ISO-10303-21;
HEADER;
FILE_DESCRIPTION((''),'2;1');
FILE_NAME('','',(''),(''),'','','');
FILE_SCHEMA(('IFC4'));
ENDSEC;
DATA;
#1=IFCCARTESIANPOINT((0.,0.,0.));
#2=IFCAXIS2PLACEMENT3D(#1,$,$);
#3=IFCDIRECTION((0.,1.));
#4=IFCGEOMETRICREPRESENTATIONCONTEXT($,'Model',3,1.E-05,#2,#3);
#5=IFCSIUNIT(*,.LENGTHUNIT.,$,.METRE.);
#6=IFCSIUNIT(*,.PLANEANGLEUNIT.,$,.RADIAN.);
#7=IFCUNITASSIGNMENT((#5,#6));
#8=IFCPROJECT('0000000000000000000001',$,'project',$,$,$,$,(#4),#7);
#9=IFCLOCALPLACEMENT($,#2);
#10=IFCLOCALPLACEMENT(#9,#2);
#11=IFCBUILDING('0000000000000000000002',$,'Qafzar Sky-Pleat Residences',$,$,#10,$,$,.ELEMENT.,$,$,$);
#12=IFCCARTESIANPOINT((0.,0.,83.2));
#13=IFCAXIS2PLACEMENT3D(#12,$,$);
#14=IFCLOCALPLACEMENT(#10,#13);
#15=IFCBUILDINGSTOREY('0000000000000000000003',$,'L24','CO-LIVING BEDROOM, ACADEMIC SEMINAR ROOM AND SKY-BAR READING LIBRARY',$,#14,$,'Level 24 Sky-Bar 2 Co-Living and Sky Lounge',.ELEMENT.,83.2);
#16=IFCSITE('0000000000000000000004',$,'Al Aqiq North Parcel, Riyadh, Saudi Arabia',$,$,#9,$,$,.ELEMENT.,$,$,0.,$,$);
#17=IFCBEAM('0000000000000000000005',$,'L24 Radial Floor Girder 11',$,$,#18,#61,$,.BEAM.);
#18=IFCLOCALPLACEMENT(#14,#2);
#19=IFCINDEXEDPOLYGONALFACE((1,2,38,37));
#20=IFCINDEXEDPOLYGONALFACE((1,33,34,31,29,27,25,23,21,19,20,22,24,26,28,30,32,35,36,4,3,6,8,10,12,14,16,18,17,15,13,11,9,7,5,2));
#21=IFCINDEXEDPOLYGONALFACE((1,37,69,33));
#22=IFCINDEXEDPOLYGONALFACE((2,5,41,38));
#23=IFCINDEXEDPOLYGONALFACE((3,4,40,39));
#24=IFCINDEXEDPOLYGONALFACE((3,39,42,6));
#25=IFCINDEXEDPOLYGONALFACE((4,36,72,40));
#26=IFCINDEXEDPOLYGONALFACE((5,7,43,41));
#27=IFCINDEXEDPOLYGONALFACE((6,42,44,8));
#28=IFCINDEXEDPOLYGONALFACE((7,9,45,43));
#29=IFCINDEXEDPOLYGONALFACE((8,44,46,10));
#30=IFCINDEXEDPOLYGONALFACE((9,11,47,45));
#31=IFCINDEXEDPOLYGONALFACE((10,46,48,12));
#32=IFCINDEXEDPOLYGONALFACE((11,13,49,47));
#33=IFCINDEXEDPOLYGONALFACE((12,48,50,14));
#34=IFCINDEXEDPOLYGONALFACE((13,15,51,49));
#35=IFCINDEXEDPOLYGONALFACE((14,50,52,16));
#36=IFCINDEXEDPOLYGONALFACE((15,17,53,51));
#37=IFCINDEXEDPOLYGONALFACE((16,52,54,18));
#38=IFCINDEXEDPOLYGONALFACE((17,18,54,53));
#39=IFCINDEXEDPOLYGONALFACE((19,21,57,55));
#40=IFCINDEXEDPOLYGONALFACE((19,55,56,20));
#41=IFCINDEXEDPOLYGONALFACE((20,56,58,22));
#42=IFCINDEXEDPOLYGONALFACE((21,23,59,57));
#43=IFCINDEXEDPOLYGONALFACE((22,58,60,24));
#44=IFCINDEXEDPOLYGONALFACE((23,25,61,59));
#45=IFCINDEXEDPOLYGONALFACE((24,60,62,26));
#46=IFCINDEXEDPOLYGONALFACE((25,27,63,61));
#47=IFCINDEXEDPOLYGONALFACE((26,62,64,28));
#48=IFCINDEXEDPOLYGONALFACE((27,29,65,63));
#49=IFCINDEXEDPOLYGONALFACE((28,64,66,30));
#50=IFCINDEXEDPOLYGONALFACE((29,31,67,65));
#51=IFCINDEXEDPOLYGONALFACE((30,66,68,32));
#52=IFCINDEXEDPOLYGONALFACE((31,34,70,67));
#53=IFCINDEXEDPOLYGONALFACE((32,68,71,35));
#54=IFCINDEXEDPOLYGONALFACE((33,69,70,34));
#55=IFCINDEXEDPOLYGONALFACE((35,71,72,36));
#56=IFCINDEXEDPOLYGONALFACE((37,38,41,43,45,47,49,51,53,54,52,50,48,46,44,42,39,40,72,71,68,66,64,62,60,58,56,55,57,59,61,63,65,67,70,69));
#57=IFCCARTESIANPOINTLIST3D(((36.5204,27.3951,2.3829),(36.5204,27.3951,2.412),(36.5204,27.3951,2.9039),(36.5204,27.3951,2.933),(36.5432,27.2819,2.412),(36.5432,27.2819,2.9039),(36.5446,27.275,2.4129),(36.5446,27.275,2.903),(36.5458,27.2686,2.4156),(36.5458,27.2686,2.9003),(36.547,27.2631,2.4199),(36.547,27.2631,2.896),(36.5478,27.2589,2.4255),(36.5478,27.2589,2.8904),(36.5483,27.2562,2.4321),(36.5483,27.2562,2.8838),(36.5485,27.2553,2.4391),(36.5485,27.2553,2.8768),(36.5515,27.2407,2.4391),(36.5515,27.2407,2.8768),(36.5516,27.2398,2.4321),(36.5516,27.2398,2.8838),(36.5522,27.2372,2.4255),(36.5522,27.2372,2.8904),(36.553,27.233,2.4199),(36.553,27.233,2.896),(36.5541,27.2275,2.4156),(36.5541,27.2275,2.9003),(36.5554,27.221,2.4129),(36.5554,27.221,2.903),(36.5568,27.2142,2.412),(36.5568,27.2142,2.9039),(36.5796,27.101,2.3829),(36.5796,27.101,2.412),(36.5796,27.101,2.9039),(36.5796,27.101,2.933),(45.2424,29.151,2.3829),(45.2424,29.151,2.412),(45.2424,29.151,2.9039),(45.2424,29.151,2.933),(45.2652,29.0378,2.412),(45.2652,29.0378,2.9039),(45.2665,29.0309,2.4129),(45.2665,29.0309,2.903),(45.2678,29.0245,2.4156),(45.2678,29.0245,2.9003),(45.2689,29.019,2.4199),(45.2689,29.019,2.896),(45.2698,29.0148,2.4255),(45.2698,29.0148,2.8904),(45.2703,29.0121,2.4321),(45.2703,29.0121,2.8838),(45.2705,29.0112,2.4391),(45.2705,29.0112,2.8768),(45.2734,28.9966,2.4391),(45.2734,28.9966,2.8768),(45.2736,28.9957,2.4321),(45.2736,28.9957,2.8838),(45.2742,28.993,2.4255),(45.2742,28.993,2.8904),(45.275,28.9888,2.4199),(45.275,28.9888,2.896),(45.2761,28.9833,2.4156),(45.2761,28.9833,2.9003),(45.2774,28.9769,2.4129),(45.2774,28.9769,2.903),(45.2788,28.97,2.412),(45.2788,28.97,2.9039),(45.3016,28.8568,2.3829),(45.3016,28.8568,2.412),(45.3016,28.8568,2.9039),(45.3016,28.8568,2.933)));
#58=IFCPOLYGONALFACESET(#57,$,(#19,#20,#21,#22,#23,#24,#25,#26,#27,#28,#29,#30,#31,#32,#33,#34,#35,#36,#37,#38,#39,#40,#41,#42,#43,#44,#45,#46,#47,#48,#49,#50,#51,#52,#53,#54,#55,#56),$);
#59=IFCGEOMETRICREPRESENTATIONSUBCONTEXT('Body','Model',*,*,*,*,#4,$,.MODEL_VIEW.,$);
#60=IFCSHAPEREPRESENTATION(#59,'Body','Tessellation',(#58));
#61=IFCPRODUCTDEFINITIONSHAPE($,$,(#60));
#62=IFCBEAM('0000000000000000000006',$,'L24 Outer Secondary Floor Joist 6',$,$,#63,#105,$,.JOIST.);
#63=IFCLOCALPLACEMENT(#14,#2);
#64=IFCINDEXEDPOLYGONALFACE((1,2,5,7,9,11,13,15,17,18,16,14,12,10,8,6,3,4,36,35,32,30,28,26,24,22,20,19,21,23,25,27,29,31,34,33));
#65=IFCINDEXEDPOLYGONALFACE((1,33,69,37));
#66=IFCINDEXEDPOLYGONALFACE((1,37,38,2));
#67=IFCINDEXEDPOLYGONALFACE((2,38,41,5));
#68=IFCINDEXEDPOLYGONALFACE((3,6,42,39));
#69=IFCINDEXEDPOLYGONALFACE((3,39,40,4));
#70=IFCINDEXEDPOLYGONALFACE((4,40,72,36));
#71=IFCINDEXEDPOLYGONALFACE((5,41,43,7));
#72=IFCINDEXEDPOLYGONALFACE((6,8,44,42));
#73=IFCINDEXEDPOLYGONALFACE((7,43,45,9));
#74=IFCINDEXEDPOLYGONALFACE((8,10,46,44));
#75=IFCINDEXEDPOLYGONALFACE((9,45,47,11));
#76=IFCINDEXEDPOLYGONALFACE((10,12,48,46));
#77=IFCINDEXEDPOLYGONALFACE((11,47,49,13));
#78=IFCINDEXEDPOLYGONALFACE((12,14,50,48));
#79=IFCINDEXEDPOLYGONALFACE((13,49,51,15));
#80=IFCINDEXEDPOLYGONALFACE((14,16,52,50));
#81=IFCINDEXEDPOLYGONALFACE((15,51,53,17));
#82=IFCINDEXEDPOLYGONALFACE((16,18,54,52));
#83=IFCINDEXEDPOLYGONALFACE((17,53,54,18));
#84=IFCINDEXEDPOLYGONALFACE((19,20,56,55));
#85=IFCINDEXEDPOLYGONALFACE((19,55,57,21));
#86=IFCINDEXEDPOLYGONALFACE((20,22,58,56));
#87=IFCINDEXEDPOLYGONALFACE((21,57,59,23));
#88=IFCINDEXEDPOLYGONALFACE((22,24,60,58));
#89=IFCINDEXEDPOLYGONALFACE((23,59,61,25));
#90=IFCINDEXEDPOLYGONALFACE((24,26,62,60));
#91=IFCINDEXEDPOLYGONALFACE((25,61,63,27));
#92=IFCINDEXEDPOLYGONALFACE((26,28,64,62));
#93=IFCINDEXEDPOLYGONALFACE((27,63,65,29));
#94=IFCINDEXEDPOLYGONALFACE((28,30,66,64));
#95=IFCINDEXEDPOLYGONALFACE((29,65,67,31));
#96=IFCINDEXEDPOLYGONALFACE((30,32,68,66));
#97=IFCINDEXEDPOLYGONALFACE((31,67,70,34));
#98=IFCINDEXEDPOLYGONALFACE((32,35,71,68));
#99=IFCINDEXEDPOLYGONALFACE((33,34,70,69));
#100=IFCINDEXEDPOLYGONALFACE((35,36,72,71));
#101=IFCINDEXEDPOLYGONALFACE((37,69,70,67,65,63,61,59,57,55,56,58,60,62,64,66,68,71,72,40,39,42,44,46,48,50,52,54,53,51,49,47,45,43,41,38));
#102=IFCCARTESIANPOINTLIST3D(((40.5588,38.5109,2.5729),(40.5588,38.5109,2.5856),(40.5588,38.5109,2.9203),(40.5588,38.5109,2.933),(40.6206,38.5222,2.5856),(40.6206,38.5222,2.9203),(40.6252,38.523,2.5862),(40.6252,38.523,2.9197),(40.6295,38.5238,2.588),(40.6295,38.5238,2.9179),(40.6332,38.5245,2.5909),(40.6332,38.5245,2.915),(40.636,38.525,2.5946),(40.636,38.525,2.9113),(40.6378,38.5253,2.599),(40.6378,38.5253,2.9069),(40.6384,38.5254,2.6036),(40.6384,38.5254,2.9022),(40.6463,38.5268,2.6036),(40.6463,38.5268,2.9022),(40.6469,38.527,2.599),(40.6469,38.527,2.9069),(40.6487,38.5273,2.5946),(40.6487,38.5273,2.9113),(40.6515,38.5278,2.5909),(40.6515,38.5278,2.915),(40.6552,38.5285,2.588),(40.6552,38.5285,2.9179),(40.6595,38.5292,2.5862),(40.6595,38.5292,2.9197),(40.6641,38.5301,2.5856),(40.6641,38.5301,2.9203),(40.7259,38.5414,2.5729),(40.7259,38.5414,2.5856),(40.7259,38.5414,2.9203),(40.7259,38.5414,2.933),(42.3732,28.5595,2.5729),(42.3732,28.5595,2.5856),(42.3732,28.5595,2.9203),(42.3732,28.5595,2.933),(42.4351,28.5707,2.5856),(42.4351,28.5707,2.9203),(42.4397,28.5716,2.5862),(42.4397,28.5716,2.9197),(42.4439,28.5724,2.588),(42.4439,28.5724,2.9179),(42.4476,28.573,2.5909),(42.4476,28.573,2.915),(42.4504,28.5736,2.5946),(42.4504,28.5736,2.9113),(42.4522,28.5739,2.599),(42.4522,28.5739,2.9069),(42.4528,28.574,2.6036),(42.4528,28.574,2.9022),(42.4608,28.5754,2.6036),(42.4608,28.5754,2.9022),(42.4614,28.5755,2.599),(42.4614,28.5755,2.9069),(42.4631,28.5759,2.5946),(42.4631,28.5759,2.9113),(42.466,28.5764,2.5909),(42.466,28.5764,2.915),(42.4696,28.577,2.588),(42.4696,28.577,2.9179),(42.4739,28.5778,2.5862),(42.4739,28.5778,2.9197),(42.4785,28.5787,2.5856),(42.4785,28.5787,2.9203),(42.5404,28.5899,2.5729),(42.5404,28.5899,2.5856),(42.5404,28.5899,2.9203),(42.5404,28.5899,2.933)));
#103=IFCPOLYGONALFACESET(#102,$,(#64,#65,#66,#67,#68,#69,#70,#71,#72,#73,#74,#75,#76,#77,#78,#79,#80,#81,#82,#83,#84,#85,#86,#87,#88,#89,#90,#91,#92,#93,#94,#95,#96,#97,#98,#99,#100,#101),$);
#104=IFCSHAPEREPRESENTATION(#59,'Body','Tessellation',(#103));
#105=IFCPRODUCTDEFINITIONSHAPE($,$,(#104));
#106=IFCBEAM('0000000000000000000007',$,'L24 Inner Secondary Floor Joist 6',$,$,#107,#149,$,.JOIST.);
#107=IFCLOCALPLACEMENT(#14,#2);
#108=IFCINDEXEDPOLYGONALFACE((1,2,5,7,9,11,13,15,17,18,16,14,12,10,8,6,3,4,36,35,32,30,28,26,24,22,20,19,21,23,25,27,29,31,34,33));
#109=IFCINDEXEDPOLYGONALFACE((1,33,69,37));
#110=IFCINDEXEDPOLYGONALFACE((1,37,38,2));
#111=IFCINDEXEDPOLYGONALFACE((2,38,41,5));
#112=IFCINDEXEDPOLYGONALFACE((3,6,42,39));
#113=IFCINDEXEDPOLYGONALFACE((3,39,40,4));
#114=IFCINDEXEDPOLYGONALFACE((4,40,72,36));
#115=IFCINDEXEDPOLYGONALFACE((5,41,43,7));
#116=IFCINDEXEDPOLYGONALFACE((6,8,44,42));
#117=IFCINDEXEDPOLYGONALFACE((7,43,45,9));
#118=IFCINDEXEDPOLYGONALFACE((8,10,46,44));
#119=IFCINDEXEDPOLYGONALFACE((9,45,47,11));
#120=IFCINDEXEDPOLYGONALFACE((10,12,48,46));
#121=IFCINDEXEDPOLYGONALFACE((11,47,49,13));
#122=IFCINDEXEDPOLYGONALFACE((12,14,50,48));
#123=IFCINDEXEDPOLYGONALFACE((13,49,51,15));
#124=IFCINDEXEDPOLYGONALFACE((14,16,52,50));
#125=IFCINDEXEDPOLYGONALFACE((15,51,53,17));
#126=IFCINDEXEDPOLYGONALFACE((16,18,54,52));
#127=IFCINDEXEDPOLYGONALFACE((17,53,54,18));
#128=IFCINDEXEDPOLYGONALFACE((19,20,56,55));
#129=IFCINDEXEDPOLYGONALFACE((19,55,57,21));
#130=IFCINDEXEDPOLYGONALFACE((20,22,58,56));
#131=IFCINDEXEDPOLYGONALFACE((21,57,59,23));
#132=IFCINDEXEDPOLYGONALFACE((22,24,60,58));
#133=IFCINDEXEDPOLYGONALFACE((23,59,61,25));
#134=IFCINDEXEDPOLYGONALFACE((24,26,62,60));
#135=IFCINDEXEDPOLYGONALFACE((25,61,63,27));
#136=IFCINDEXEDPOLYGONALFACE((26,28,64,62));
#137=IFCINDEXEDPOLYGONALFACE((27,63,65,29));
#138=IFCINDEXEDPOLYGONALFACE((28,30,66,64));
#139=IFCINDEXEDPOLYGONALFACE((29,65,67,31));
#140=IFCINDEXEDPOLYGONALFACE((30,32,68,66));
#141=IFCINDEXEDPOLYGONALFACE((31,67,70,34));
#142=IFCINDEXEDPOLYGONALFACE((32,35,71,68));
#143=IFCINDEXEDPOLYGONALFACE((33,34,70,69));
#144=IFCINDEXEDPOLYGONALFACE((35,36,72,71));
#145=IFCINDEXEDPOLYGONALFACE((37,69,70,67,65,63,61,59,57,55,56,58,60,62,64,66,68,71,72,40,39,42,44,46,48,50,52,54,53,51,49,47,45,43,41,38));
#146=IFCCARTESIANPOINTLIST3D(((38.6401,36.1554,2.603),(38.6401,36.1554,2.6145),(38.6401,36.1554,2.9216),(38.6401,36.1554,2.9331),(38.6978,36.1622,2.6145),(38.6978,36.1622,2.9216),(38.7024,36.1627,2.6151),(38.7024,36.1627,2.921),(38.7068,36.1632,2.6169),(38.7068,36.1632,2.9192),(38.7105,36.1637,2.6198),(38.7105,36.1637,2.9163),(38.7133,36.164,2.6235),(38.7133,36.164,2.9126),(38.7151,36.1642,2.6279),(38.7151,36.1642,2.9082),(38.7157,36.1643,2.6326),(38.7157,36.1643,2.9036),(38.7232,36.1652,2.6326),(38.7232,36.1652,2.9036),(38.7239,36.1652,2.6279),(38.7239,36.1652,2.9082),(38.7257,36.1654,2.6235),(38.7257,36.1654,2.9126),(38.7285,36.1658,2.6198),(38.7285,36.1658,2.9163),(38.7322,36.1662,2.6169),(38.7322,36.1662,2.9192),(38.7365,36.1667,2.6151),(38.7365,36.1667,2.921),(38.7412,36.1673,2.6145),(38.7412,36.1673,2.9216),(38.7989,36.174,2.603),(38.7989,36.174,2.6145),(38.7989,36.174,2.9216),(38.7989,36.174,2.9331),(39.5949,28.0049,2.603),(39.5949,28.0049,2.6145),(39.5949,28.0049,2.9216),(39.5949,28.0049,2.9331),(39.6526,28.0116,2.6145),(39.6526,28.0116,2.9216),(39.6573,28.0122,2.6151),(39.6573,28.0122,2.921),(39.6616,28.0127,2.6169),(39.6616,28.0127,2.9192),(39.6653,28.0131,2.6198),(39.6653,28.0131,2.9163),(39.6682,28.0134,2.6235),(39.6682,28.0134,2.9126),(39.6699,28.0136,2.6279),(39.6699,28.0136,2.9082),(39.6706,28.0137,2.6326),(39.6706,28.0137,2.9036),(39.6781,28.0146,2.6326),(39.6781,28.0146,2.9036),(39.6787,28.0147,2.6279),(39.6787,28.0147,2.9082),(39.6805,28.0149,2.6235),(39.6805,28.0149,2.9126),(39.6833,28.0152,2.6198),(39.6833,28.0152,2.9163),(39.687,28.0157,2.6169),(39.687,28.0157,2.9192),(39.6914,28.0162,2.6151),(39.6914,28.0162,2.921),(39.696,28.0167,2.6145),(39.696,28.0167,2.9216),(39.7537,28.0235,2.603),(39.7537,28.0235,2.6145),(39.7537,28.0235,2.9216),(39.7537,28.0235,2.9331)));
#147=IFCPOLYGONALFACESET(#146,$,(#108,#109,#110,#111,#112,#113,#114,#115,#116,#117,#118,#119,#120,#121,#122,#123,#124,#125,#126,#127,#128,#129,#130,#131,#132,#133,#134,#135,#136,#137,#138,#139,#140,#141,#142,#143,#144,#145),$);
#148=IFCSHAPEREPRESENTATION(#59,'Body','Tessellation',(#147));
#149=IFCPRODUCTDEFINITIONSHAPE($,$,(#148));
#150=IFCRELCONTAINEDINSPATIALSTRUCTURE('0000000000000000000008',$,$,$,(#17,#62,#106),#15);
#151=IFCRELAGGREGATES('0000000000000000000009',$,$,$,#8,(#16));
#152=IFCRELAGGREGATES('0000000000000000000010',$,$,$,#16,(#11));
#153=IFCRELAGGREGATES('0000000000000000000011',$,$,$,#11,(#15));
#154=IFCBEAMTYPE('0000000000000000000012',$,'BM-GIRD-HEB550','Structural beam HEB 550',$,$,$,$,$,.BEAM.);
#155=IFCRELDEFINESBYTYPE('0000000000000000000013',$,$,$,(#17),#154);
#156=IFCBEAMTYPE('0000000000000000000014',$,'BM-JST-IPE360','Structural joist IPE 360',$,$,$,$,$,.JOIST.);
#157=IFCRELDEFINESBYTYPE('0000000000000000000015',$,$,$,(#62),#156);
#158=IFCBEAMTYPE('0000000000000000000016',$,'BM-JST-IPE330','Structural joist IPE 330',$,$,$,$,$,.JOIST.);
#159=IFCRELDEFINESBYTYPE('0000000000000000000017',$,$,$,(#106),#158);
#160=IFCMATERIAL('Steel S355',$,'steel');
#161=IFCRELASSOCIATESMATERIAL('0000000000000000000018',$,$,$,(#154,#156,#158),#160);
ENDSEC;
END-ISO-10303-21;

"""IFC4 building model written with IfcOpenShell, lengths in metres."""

from ifc_helpers import new_model, si_unit, direction, frame, origin, origin_2d, place, context, subcontext, project, spatial, i_section, extrude, source, transform, mapped, material, material_profile, profile_set, type_object, element, save


model = new_model("IFC4")

# Units and contexts
model_context = context("Model", 3, precision=1e-05, world=origin(), true_north=direction((0.0, 1.0)))
body_context = subcontext(model_context, "Body", "Model", "MODEL_VIEW")
ifc_project = project(units=[si_unit("LENGTHUNIT", "METRE"), si_unit("PLANEANGLEUNIT", "RADIAN")], contexts=[model_context])

# Site, building, storey
site_placement = place(None, origin())
site = spatial("IfcSite", under=ifc_project, at=site_placement, Name="Al Aqiq North Parcel, Riyadh, Saudi Arabia", CompositionType="ELEMENT", RefElevation=0.0)
building_placement = place(site_placement, origin())
building = spatial("IfcBuilding", under=site, at=building_placement, Name="Qafzar Sky-Pleat Residences", CompositionType="ELEMENT")
storey_placement = place(building_placement, frame((0.0, 0.0, 83.2)))
storey = spatial("IfcBuildingStorey", under=building, at=storey_placement, Name="L24", Description="CO-LIVING BEDROOM, ACADEMIC SEMINAR ROOM AND SKY-BAR READING LIBRARY", LongName="Level 24 Sky-Bar 2 Co-Living and Sky Lounge", CompositionType="ELEMENT", Elevation=83.2)

# Beams
ifc_material_1 = material(Name="Steel S355", Category="steel")
ifc_material_profile_1 = material_profile(ifc_material_1, i_section(OverallWidth=0.3, OverallDepth=0.55, WebThickness=0.0149, FlangeThickness=0.0291, FilletRadius=0.0271, at=origin_2d()), Name="HEB 550")
ifc_profile_set_1 = profile_set([ifc_material_profile_1], Name="Steel S355")
beam_type_1 = type_object("IfcBeamType", Name="BM-GIRD-HEB550", Description="Structural beam HEB 550", PredefinedType="BEAM", material=ifc_profile_set_1)
shared_shape_1 = source(origin(), body_context, "Body", "SweptSolid", [
    extrude(i_section(OverallWidth=0.3, OverallDepth=0.55, WebThickness=0.0149, FlangeThickness=0.0291, FilletRadius=0.0271, at=origin_2d()), origin(), (0.0, 0.0, 1.0), 8.897),
])
beam_1_placement = place(storey_placement, frame((45.272, 29.0039, 2.658), z_axis=(-0.980332, -0.197356, 0.0), x_axis=(0.197356, -0.980332, 0.0)))
element("IfcBeam", 1, at=beam_1_placement, inside=storey, type_object=beam_type_1, Name="L24 Radial Floor Girder 11", PredefinedType="BEAM", context=body_context, shape_type="MappedRepresentation", body=[
    mapped(shared_shape_1, transform((0.0, 0.0, 0.0), x_axis=(1.0, 0.0, 0.0), y_axis=(0.0, 1.0, 0.0), z_axis=(0.0, 0.0, 1.0), scale=1.0)),
])
ifc_material_profile_2 = material_profile(ifc_material_1, i_section(OverallWidth=0.1699, OverallDepth=0.3601, WebThickness=0.0081, FlangeThickness=0.0127, FilletRadius=0.0181, at=origin_2d()), Name="IPE 360")
ifc_profile_set_2 = profile_set([ifc_material_profile_2], Name="Steel S355")
beam_type_2 = type_object("IfcBeamType", Name="BM-JST-IPE360", Description="Structural joist IPE 360", PredefinedType="JOIST", material=ifc_profile_set_2)
shared_shape_2 = source(origin(), body_context, "Body", "SweptSolid", [
    extrude(i_section(OverallWidth=0.1699, OverallDepth=0.3601, WebThickness=0.0081, FlangeThickness=0.0127, FilletRadius=0.0181, at=origin_2d()), origin(), (0.0, 0.0, 1.0), 10.1155),
])
beam_2_placement = place(storey_placement, frame((42.4568, 28.5747, 2.7529), z_axis=(-0.179374, 0.983781, 0.0), x_axis=(-0.983781, -0.179374, 0.0)))
element("IfcBeam", 2, at=beam_2_placement, inside=storey, type_object=beam_type_2, Name="L24 Outer Secondary Floor Joist 6", PredefinedType="JOIST", context=body_context, shape_type="MappedRepresentation", body=[
    mapped(shared_shape_2, transform((0.0, 0.0, 0.0), x_axis=(1.0, 0.0, 0.0), y_axis=(0.0, 1.0, 0.0), z_axis=(0.0, 0.0, 1.0), scale=1.0)),
])
ifc_material_profile_3 = material_profile(ifc_material_1, i_section(OverallWidth=0.1599, OverallDepth=0.3301, WebThickness=0.0076, FlangeThickness=0.0115, FilletRadius=0.0181, at=origin_2d()), Name="IPE 330")
ifc_profile_set_3 = profile_set([ifc_material_profile_3], Name="Steel S355")
beam_type_3 = type_object("IfcBeamType", Name="BM-JST-IPE330", Description="Structural joist IPE 330", PredefinedType="JOIST", material=ifc_profile_set_3)
shared_shape_3 = source(origin(), body_context, "Body", "SweptSolid", [
    extrude(i_section(OverallWidth=0.1599, OverallDepth=0.3301, WebThickness=0.0076, FlangeThickness=0.0115, FilletRadius=0.0181, at=origin_2d()), origin(), (0.0, 0.0, 1.0), 8.2063),
])
beam_3_placement = place(storey_placement, frame((39.6743, 28.0142, 2.7681), z_axis=(-0.116353, 0.993208, 0.0), x_axis=(-0.993208, -0.116353, 0.0)))
element("IfcBeam", 3, at=beam_3_placement, inside=storey, type_object=beam_type_3, Name="L24 Inner Secondary Floor Joist 6", PredefinedType="JOIST", context=body_context, shape_type="MappedRepresentation", body=[
    mapped(shared_shape_3, transform((0.0, 0.0, 0.0), x_axis=(1.0, 0.0, 0.0), y_axis=(0.0, 1.0, 0.0), z_axis=(0.0, 0.0, 1.0), scale=1.0)),
])

save(model, "model.ifc")
